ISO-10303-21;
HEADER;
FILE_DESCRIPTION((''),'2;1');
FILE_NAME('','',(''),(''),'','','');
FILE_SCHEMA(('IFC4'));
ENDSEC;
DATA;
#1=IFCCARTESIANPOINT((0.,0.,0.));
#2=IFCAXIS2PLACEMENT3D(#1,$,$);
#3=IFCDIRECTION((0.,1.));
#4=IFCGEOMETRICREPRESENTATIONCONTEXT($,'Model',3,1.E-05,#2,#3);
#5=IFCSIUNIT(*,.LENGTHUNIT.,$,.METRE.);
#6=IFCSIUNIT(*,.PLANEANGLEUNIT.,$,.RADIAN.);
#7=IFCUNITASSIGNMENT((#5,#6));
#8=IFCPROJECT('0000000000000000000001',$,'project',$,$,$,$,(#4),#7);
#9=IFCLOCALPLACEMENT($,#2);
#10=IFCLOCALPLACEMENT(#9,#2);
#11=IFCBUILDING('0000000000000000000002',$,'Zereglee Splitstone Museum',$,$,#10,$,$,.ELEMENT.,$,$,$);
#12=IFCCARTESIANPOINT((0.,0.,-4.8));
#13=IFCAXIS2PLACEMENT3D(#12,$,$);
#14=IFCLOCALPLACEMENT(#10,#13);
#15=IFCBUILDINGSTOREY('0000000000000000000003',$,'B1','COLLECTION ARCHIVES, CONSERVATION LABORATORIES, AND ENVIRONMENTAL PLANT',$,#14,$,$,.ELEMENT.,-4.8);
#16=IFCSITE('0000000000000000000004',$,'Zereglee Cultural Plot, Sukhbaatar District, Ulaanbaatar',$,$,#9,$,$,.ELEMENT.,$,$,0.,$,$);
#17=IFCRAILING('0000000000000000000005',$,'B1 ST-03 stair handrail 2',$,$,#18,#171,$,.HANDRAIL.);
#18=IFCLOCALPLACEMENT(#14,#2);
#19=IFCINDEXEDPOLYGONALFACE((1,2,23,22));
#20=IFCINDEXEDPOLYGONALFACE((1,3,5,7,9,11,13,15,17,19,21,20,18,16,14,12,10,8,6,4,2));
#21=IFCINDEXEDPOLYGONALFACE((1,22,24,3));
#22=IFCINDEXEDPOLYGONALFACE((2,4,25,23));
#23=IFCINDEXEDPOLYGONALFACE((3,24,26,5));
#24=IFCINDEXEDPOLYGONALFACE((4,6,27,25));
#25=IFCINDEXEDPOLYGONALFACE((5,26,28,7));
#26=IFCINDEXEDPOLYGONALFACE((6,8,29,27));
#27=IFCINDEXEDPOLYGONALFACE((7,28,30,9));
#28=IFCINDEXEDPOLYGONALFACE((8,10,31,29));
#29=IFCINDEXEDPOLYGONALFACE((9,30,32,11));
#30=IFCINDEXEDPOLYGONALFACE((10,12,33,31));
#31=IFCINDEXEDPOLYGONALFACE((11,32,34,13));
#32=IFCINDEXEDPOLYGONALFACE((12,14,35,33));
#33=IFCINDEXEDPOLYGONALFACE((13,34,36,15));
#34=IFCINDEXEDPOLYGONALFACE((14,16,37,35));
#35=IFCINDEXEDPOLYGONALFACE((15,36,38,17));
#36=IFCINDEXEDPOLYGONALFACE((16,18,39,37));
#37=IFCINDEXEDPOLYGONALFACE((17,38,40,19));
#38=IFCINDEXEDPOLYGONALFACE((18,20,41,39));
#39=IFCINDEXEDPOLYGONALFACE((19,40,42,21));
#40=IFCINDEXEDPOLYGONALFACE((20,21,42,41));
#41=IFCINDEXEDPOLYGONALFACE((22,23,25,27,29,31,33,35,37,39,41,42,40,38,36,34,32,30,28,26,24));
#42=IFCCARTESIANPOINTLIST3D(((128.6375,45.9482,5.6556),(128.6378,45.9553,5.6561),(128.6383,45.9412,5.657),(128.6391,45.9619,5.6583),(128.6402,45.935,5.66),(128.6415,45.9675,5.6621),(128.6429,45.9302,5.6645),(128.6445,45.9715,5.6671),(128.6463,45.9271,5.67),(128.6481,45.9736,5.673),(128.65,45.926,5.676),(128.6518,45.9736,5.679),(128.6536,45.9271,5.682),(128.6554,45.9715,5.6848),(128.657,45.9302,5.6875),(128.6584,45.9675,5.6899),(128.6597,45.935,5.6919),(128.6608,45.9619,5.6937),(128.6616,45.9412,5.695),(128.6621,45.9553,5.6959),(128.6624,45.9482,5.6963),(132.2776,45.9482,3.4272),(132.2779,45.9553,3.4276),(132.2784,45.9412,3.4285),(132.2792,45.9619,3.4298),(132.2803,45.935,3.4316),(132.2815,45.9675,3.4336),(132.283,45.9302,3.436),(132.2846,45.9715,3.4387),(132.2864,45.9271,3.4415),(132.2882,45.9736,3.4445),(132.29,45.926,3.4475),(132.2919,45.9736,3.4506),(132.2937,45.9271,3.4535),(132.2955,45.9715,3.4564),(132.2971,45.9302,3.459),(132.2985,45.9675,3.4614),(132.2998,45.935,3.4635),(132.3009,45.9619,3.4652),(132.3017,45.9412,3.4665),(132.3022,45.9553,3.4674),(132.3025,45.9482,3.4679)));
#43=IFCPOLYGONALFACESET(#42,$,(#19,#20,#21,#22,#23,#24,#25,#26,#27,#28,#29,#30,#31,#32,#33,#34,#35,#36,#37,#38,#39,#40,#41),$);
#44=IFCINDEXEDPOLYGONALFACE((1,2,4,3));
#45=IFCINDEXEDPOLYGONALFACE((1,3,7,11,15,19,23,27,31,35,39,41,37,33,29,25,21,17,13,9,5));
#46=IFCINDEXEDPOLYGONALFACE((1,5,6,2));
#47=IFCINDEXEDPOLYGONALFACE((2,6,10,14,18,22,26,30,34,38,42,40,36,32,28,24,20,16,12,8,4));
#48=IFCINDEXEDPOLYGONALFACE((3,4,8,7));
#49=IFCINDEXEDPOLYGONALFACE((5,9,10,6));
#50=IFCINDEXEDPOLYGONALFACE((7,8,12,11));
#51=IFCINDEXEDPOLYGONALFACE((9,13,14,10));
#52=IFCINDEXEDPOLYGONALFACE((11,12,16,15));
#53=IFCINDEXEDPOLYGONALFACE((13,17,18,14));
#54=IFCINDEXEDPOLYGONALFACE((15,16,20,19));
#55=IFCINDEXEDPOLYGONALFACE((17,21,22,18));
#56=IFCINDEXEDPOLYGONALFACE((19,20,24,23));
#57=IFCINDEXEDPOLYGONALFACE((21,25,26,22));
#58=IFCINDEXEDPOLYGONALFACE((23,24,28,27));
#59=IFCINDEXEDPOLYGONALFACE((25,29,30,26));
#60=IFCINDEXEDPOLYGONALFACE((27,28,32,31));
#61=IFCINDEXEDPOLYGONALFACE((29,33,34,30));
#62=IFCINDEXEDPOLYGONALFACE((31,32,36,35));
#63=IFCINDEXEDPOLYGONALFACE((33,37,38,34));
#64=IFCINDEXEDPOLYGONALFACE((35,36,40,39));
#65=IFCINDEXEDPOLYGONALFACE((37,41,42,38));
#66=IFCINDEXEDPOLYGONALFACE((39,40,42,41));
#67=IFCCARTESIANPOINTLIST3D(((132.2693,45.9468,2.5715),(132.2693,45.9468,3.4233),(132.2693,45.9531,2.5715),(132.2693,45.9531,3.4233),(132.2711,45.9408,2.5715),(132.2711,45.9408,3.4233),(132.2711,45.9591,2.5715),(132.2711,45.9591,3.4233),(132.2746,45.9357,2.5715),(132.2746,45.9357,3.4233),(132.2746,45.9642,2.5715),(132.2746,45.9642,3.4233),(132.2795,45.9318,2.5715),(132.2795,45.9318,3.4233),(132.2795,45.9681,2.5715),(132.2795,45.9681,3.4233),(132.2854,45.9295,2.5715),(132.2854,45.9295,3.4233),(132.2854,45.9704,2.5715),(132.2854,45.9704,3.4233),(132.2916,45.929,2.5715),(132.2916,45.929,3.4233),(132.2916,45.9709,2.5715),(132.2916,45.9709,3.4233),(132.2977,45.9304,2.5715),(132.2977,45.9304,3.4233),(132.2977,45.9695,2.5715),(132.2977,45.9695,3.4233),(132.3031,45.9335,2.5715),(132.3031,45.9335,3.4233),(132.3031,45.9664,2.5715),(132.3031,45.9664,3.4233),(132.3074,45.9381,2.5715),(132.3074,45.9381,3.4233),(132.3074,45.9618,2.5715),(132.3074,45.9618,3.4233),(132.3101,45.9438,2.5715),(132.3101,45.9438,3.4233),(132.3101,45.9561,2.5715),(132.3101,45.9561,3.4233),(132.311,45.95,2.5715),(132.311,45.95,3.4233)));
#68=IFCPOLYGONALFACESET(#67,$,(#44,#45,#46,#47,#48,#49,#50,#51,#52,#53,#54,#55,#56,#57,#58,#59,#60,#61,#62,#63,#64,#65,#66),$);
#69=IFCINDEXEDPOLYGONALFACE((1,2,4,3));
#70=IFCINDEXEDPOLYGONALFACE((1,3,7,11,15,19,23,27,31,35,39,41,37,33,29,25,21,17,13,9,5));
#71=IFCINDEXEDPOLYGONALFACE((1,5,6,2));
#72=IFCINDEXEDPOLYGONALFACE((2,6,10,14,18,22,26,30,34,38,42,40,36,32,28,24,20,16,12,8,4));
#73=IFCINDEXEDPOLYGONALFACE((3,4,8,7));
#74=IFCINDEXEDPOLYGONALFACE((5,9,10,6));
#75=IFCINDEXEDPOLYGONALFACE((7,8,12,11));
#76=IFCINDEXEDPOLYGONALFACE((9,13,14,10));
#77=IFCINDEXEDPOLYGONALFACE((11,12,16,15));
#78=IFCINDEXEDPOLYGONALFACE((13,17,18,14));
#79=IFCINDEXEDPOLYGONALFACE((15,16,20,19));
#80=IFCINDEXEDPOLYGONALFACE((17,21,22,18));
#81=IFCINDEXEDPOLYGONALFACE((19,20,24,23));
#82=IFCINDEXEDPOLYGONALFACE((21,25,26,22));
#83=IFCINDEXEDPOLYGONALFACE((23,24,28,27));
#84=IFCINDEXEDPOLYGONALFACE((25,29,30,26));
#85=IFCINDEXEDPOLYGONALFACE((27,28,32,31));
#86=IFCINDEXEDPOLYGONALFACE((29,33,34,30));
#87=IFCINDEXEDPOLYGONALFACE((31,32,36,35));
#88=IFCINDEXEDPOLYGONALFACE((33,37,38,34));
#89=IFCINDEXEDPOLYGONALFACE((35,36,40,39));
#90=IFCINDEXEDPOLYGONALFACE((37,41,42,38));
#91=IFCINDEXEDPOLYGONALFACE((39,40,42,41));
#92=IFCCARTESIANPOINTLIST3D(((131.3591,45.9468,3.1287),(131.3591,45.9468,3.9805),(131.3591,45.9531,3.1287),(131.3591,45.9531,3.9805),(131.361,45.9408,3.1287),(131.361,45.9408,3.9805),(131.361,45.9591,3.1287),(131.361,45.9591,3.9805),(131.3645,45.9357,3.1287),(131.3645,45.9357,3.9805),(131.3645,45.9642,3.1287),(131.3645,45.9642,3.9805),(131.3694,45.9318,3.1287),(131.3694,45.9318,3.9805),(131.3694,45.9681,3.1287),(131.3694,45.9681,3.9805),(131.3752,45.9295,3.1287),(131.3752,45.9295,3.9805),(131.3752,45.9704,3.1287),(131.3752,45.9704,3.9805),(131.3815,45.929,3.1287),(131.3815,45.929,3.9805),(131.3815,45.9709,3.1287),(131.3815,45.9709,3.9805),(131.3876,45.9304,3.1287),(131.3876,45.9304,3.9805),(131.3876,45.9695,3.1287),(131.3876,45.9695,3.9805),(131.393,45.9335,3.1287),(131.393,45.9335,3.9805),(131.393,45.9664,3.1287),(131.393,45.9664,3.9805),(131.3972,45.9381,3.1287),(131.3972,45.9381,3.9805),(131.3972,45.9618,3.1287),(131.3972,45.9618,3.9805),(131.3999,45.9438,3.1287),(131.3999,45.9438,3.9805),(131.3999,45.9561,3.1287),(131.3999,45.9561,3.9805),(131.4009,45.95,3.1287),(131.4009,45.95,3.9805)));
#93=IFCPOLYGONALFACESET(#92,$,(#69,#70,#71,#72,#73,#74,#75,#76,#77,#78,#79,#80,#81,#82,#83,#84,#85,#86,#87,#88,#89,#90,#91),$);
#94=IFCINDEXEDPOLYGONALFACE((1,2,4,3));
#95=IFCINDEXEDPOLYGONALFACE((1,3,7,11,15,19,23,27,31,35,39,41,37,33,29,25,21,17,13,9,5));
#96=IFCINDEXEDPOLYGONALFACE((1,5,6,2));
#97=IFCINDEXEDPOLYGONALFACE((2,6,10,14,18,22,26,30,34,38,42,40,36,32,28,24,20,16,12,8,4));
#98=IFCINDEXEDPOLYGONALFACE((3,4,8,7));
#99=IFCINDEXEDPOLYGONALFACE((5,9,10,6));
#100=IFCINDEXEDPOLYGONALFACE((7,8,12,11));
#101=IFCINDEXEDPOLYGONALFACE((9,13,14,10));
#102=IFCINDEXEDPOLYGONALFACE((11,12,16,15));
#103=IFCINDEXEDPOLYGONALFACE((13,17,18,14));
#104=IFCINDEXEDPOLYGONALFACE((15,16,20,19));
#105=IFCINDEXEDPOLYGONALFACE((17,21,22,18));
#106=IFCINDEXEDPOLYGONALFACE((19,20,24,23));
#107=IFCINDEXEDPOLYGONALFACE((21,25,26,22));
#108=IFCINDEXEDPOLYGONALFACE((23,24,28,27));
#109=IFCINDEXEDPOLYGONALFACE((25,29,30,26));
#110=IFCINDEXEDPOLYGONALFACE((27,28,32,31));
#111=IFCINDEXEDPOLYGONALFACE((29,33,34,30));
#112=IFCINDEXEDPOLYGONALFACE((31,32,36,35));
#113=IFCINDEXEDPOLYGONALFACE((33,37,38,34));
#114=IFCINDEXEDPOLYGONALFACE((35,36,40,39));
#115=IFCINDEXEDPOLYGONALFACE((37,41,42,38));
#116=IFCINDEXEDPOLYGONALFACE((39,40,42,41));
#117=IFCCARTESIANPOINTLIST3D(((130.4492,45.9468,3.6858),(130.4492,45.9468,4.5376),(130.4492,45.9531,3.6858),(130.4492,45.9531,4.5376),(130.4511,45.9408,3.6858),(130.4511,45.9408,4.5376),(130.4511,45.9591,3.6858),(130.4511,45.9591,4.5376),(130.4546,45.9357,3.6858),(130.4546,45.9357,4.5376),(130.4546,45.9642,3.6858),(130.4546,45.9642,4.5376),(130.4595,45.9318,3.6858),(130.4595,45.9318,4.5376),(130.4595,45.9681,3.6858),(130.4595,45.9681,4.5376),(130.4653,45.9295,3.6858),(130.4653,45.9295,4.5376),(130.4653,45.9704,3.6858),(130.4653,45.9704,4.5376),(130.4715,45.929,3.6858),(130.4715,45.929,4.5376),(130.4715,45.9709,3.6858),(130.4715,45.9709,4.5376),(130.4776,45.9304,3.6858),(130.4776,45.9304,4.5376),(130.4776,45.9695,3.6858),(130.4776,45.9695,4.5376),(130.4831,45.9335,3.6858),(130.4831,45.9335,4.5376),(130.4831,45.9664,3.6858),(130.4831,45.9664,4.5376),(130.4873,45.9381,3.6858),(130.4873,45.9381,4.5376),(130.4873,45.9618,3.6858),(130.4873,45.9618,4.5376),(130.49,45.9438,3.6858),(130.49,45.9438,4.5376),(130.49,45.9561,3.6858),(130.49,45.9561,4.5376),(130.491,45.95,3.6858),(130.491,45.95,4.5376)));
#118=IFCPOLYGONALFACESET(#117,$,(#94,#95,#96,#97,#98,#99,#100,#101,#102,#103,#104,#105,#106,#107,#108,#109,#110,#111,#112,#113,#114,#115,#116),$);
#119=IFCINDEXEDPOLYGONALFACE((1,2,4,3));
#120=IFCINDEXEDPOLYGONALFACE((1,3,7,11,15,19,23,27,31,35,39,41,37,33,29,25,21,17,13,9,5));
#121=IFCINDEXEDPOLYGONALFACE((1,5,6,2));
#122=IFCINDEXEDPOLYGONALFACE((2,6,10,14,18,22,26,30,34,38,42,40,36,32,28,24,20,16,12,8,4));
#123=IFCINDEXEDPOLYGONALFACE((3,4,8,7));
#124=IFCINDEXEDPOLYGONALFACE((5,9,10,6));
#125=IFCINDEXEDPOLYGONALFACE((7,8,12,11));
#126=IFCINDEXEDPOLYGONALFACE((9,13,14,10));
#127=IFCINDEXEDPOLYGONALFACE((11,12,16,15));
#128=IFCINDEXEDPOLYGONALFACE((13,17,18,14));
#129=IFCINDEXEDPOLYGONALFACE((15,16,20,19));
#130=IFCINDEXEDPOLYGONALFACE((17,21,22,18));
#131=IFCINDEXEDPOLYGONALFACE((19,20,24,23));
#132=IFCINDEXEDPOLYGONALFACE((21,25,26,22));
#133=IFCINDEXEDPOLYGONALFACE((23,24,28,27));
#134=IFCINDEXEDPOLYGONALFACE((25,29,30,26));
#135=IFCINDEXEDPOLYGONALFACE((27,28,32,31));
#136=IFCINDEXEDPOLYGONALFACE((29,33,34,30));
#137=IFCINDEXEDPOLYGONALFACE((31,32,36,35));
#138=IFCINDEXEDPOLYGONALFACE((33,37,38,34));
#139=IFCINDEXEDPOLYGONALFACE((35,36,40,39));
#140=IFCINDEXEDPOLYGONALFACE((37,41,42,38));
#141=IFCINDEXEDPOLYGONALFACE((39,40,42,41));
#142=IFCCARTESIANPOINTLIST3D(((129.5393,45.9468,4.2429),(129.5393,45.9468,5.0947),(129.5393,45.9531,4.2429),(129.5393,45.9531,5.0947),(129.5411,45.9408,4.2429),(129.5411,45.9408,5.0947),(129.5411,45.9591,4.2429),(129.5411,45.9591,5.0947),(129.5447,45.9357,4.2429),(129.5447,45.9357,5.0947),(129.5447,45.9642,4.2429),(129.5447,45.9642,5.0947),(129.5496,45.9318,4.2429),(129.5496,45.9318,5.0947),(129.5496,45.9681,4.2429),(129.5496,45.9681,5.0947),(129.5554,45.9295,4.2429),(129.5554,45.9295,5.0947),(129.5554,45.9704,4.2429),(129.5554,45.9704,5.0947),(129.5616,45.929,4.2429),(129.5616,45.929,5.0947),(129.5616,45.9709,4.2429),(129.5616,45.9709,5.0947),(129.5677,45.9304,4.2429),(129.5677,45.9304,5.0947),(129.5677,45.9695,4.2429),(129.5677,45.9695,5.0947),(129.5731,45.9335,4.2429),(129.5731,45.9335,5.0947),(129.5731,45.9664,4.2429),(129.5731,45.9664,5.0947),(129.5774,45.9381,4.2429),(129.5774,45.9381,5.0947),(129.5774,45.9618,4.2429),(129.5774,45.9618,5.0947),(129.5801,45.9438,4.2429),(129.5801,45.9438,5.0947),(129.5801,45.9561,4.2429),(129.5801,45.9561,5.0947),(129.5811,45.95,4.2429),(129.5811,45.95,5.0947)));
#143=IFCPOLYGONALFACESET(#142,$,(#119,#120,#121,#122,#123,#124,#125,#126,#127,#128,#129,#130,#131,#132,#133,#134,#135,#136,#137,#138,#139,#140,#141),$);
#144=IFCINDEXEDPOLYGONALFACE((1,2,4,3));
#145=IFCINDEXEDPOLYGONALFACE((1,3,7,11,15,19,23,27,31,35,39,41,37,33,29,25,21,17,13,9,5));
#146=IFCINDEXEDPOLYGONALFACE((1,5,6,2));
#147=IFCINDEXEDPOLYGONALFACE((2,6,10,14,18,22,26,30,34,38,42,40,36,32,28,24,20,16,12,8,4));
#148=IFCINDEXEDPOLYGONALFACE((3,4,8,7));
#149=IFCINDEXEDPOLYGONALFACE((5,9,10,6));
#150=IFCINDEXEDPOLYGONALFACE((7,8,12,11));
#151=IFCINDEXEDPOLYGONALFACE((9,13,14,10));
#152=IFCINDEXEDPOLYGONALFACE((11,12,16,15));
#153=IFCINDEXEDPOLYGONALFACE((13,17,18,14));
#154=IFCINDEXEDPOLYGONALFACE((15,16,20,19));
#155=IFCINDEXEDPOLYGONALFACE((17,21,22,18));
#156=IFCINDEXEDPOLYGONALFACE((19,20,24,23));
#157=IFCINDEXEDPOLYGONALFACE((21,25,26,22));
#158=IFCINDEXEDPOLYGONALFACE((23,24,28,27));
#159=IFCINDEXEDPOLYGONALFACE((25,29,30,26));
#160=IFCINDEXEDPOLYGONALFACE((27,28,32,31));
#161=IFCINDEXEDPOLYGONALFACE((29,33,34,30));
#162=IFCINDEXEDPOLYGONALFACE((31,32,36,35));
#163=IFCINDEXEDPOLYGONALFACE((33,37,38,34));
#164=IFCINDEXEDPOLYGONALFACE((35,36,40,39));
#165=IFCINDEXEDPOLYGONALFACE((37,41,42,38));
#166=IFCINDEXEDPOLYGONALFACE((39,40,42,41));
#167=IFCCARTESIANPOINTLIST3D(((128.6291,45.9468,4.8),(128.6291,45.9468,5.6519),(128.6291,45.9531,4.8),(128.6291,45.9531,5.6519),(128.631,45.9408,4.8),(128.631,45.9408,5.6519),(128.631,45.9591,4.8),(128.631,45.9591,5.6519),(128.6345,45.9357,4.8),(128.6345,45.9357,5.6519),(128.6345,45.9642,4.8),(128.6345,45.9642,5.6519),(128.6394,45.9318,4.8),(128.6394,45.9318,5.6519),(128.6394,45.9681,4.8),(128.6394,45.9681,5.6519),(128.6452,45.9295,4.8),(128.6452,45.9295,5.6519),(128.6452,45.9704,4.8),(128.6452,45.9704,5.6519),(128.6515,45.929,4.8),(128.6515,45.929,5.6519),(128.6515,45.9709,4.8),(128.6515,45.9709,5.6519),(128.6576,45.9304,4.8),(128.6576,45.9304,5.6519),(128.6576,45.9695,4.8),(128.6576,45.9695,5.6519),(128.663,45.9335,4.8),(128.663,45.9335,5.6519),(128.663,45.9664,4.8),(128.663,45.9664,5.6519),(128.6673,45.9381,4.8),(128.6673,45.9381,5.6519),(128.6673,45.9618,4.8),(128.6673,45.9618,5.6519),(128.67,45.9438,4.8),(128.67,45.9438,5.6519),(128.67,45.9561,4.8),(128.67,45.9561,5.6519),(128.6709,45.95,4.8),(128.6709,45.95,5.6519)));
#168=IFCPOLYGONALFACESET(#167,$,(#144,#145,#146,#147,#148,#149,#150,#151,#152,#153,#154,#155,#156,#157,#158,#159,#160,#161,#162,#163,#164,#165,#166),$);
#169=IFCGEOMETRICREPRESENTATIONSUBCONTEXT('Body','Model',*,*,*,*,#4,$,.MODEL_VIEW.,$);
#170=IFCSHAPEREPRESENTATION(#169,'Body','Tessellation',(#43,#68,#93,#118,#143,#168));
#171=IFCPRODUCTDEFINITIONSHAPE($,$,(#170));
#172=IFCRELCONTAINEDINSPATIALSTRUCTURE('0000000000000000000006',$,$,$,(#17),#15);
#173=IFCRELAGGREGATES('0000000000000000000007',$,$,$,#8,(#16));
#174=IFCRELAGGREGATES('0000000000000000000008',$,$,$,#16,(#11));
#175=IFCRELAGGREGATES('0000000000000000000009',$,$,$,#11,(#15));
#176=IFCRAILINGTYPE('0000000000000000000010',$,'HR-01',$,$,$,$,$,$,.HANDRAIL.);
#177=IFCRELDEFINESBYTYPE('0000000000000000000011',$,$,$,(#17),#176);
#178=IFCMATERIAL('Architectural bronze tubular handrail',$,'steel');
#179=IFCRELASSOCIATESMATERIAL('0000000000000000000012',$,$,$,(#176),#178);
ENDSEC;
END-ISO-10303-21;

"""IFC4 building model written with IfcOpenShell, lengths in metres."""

from ifc_helpers import new_model, si_unit, direction, frame, origin, origin_2d, place, context, subcontext, project, spatial, circle, extrude, material, type_object, element, save


model = new_model("IFC4")

# Units and contexts
model_context = context("Model", 3, precision=1e-05, world=origin(), true_north=direction((0.0, 1.0)))
body_context = subcontext(model_context, "Body", "Model", "MODEL_VIEW")
ifc_project = project(units=[si_unit("LENGTHUNIT", "METRE"), si_unit("PLANEANGLEUNIT", "RADIAN")], contexts=[model_context])

# Site, building, storey
site_placement = place(None, origin())
site = spatial("IfcSite", under=ifc_project, at=site_placement, Name="Zereglee Cultural Plot, Sukhbaatar District, Ulaanbaatar", CompositionType="ELEMENT", RefElevation=0.0)
building_placement = place(site_placement, origin())
building = spatial("IfcBuilding", under=site, at=building_placement, Name="Zereglee Splitstone Museum", CompositionType="ELEMENT")
storey_placement = place(building_placement, frame((0.0, 0.0, -4.8)))
storey = spatial("IfcBuildingStorey", under=building, at=storey_placement, Name="B1", Description="COLLECTION ARCHIVES, CONSERVATION LABORATORIES, AND ENVIRONMENTAL PLANT", CompositionType="ELEMENT", Elevation=-4.8)

# Railing
ifc_material_1 = material(Name="Architectural bronze tubular handrail", Category="steel")
railing_type_1 = type_object("IfcRailingType", Name="HR-01", PredefinedType="HANDRAIL", material=ifc_material_1)
railing_1_placement = place(storey_placement, frame((132.29, 45.95, 2.5715)))
element("IfcRailing", 1, at=railing_1_placement, inside=storey, type_object=railing_type_1, Name="B1 ST-03 stair handrail 2", PredefinedType="HANDRAIL", context=body_context, shape_type="SweptSolid", body=[
    extrude(circle(Radius=0.0239, at=origin_2d()), frame((0.0, 0.0, 0.876), z_axis=(-0.852866, 0.0, 0.52213), x_axis=(0.0, -1.0, 0.0)), (0.0, 0.0, 1.0), 4.2681),
    extrude(circle(Radius=0.021, at=origin_2d()), origin(), (0.0, 0.0, 1.0), 0.8518),
    extrude(circle(Radius=0.021, at=origin_2d()), frame((-0.9102, 0.0, 0.5571)), (0.0, 0.0, 1.0), 0.8518),
    extrude(circle(Radius=0.021, at=origin_2d()), frame((-1.8201, 0.0, 1.1143)), (0.0, 0.0, 1.0), 0.8518),
    extrude(circle(Radius=0.021, at=origin_2d()), frame((-2.73, 0.0, 1.6714)), (0.0, 0.0, 1.0), 0.8518),
    extrude(circle(Radius=0.021, at=origin_2d()), frame((-3.6401, 0.0, 2.2285)), (0.0, 0.0, 1.0), 0.8518),
])

save(model, "model.ifc")
